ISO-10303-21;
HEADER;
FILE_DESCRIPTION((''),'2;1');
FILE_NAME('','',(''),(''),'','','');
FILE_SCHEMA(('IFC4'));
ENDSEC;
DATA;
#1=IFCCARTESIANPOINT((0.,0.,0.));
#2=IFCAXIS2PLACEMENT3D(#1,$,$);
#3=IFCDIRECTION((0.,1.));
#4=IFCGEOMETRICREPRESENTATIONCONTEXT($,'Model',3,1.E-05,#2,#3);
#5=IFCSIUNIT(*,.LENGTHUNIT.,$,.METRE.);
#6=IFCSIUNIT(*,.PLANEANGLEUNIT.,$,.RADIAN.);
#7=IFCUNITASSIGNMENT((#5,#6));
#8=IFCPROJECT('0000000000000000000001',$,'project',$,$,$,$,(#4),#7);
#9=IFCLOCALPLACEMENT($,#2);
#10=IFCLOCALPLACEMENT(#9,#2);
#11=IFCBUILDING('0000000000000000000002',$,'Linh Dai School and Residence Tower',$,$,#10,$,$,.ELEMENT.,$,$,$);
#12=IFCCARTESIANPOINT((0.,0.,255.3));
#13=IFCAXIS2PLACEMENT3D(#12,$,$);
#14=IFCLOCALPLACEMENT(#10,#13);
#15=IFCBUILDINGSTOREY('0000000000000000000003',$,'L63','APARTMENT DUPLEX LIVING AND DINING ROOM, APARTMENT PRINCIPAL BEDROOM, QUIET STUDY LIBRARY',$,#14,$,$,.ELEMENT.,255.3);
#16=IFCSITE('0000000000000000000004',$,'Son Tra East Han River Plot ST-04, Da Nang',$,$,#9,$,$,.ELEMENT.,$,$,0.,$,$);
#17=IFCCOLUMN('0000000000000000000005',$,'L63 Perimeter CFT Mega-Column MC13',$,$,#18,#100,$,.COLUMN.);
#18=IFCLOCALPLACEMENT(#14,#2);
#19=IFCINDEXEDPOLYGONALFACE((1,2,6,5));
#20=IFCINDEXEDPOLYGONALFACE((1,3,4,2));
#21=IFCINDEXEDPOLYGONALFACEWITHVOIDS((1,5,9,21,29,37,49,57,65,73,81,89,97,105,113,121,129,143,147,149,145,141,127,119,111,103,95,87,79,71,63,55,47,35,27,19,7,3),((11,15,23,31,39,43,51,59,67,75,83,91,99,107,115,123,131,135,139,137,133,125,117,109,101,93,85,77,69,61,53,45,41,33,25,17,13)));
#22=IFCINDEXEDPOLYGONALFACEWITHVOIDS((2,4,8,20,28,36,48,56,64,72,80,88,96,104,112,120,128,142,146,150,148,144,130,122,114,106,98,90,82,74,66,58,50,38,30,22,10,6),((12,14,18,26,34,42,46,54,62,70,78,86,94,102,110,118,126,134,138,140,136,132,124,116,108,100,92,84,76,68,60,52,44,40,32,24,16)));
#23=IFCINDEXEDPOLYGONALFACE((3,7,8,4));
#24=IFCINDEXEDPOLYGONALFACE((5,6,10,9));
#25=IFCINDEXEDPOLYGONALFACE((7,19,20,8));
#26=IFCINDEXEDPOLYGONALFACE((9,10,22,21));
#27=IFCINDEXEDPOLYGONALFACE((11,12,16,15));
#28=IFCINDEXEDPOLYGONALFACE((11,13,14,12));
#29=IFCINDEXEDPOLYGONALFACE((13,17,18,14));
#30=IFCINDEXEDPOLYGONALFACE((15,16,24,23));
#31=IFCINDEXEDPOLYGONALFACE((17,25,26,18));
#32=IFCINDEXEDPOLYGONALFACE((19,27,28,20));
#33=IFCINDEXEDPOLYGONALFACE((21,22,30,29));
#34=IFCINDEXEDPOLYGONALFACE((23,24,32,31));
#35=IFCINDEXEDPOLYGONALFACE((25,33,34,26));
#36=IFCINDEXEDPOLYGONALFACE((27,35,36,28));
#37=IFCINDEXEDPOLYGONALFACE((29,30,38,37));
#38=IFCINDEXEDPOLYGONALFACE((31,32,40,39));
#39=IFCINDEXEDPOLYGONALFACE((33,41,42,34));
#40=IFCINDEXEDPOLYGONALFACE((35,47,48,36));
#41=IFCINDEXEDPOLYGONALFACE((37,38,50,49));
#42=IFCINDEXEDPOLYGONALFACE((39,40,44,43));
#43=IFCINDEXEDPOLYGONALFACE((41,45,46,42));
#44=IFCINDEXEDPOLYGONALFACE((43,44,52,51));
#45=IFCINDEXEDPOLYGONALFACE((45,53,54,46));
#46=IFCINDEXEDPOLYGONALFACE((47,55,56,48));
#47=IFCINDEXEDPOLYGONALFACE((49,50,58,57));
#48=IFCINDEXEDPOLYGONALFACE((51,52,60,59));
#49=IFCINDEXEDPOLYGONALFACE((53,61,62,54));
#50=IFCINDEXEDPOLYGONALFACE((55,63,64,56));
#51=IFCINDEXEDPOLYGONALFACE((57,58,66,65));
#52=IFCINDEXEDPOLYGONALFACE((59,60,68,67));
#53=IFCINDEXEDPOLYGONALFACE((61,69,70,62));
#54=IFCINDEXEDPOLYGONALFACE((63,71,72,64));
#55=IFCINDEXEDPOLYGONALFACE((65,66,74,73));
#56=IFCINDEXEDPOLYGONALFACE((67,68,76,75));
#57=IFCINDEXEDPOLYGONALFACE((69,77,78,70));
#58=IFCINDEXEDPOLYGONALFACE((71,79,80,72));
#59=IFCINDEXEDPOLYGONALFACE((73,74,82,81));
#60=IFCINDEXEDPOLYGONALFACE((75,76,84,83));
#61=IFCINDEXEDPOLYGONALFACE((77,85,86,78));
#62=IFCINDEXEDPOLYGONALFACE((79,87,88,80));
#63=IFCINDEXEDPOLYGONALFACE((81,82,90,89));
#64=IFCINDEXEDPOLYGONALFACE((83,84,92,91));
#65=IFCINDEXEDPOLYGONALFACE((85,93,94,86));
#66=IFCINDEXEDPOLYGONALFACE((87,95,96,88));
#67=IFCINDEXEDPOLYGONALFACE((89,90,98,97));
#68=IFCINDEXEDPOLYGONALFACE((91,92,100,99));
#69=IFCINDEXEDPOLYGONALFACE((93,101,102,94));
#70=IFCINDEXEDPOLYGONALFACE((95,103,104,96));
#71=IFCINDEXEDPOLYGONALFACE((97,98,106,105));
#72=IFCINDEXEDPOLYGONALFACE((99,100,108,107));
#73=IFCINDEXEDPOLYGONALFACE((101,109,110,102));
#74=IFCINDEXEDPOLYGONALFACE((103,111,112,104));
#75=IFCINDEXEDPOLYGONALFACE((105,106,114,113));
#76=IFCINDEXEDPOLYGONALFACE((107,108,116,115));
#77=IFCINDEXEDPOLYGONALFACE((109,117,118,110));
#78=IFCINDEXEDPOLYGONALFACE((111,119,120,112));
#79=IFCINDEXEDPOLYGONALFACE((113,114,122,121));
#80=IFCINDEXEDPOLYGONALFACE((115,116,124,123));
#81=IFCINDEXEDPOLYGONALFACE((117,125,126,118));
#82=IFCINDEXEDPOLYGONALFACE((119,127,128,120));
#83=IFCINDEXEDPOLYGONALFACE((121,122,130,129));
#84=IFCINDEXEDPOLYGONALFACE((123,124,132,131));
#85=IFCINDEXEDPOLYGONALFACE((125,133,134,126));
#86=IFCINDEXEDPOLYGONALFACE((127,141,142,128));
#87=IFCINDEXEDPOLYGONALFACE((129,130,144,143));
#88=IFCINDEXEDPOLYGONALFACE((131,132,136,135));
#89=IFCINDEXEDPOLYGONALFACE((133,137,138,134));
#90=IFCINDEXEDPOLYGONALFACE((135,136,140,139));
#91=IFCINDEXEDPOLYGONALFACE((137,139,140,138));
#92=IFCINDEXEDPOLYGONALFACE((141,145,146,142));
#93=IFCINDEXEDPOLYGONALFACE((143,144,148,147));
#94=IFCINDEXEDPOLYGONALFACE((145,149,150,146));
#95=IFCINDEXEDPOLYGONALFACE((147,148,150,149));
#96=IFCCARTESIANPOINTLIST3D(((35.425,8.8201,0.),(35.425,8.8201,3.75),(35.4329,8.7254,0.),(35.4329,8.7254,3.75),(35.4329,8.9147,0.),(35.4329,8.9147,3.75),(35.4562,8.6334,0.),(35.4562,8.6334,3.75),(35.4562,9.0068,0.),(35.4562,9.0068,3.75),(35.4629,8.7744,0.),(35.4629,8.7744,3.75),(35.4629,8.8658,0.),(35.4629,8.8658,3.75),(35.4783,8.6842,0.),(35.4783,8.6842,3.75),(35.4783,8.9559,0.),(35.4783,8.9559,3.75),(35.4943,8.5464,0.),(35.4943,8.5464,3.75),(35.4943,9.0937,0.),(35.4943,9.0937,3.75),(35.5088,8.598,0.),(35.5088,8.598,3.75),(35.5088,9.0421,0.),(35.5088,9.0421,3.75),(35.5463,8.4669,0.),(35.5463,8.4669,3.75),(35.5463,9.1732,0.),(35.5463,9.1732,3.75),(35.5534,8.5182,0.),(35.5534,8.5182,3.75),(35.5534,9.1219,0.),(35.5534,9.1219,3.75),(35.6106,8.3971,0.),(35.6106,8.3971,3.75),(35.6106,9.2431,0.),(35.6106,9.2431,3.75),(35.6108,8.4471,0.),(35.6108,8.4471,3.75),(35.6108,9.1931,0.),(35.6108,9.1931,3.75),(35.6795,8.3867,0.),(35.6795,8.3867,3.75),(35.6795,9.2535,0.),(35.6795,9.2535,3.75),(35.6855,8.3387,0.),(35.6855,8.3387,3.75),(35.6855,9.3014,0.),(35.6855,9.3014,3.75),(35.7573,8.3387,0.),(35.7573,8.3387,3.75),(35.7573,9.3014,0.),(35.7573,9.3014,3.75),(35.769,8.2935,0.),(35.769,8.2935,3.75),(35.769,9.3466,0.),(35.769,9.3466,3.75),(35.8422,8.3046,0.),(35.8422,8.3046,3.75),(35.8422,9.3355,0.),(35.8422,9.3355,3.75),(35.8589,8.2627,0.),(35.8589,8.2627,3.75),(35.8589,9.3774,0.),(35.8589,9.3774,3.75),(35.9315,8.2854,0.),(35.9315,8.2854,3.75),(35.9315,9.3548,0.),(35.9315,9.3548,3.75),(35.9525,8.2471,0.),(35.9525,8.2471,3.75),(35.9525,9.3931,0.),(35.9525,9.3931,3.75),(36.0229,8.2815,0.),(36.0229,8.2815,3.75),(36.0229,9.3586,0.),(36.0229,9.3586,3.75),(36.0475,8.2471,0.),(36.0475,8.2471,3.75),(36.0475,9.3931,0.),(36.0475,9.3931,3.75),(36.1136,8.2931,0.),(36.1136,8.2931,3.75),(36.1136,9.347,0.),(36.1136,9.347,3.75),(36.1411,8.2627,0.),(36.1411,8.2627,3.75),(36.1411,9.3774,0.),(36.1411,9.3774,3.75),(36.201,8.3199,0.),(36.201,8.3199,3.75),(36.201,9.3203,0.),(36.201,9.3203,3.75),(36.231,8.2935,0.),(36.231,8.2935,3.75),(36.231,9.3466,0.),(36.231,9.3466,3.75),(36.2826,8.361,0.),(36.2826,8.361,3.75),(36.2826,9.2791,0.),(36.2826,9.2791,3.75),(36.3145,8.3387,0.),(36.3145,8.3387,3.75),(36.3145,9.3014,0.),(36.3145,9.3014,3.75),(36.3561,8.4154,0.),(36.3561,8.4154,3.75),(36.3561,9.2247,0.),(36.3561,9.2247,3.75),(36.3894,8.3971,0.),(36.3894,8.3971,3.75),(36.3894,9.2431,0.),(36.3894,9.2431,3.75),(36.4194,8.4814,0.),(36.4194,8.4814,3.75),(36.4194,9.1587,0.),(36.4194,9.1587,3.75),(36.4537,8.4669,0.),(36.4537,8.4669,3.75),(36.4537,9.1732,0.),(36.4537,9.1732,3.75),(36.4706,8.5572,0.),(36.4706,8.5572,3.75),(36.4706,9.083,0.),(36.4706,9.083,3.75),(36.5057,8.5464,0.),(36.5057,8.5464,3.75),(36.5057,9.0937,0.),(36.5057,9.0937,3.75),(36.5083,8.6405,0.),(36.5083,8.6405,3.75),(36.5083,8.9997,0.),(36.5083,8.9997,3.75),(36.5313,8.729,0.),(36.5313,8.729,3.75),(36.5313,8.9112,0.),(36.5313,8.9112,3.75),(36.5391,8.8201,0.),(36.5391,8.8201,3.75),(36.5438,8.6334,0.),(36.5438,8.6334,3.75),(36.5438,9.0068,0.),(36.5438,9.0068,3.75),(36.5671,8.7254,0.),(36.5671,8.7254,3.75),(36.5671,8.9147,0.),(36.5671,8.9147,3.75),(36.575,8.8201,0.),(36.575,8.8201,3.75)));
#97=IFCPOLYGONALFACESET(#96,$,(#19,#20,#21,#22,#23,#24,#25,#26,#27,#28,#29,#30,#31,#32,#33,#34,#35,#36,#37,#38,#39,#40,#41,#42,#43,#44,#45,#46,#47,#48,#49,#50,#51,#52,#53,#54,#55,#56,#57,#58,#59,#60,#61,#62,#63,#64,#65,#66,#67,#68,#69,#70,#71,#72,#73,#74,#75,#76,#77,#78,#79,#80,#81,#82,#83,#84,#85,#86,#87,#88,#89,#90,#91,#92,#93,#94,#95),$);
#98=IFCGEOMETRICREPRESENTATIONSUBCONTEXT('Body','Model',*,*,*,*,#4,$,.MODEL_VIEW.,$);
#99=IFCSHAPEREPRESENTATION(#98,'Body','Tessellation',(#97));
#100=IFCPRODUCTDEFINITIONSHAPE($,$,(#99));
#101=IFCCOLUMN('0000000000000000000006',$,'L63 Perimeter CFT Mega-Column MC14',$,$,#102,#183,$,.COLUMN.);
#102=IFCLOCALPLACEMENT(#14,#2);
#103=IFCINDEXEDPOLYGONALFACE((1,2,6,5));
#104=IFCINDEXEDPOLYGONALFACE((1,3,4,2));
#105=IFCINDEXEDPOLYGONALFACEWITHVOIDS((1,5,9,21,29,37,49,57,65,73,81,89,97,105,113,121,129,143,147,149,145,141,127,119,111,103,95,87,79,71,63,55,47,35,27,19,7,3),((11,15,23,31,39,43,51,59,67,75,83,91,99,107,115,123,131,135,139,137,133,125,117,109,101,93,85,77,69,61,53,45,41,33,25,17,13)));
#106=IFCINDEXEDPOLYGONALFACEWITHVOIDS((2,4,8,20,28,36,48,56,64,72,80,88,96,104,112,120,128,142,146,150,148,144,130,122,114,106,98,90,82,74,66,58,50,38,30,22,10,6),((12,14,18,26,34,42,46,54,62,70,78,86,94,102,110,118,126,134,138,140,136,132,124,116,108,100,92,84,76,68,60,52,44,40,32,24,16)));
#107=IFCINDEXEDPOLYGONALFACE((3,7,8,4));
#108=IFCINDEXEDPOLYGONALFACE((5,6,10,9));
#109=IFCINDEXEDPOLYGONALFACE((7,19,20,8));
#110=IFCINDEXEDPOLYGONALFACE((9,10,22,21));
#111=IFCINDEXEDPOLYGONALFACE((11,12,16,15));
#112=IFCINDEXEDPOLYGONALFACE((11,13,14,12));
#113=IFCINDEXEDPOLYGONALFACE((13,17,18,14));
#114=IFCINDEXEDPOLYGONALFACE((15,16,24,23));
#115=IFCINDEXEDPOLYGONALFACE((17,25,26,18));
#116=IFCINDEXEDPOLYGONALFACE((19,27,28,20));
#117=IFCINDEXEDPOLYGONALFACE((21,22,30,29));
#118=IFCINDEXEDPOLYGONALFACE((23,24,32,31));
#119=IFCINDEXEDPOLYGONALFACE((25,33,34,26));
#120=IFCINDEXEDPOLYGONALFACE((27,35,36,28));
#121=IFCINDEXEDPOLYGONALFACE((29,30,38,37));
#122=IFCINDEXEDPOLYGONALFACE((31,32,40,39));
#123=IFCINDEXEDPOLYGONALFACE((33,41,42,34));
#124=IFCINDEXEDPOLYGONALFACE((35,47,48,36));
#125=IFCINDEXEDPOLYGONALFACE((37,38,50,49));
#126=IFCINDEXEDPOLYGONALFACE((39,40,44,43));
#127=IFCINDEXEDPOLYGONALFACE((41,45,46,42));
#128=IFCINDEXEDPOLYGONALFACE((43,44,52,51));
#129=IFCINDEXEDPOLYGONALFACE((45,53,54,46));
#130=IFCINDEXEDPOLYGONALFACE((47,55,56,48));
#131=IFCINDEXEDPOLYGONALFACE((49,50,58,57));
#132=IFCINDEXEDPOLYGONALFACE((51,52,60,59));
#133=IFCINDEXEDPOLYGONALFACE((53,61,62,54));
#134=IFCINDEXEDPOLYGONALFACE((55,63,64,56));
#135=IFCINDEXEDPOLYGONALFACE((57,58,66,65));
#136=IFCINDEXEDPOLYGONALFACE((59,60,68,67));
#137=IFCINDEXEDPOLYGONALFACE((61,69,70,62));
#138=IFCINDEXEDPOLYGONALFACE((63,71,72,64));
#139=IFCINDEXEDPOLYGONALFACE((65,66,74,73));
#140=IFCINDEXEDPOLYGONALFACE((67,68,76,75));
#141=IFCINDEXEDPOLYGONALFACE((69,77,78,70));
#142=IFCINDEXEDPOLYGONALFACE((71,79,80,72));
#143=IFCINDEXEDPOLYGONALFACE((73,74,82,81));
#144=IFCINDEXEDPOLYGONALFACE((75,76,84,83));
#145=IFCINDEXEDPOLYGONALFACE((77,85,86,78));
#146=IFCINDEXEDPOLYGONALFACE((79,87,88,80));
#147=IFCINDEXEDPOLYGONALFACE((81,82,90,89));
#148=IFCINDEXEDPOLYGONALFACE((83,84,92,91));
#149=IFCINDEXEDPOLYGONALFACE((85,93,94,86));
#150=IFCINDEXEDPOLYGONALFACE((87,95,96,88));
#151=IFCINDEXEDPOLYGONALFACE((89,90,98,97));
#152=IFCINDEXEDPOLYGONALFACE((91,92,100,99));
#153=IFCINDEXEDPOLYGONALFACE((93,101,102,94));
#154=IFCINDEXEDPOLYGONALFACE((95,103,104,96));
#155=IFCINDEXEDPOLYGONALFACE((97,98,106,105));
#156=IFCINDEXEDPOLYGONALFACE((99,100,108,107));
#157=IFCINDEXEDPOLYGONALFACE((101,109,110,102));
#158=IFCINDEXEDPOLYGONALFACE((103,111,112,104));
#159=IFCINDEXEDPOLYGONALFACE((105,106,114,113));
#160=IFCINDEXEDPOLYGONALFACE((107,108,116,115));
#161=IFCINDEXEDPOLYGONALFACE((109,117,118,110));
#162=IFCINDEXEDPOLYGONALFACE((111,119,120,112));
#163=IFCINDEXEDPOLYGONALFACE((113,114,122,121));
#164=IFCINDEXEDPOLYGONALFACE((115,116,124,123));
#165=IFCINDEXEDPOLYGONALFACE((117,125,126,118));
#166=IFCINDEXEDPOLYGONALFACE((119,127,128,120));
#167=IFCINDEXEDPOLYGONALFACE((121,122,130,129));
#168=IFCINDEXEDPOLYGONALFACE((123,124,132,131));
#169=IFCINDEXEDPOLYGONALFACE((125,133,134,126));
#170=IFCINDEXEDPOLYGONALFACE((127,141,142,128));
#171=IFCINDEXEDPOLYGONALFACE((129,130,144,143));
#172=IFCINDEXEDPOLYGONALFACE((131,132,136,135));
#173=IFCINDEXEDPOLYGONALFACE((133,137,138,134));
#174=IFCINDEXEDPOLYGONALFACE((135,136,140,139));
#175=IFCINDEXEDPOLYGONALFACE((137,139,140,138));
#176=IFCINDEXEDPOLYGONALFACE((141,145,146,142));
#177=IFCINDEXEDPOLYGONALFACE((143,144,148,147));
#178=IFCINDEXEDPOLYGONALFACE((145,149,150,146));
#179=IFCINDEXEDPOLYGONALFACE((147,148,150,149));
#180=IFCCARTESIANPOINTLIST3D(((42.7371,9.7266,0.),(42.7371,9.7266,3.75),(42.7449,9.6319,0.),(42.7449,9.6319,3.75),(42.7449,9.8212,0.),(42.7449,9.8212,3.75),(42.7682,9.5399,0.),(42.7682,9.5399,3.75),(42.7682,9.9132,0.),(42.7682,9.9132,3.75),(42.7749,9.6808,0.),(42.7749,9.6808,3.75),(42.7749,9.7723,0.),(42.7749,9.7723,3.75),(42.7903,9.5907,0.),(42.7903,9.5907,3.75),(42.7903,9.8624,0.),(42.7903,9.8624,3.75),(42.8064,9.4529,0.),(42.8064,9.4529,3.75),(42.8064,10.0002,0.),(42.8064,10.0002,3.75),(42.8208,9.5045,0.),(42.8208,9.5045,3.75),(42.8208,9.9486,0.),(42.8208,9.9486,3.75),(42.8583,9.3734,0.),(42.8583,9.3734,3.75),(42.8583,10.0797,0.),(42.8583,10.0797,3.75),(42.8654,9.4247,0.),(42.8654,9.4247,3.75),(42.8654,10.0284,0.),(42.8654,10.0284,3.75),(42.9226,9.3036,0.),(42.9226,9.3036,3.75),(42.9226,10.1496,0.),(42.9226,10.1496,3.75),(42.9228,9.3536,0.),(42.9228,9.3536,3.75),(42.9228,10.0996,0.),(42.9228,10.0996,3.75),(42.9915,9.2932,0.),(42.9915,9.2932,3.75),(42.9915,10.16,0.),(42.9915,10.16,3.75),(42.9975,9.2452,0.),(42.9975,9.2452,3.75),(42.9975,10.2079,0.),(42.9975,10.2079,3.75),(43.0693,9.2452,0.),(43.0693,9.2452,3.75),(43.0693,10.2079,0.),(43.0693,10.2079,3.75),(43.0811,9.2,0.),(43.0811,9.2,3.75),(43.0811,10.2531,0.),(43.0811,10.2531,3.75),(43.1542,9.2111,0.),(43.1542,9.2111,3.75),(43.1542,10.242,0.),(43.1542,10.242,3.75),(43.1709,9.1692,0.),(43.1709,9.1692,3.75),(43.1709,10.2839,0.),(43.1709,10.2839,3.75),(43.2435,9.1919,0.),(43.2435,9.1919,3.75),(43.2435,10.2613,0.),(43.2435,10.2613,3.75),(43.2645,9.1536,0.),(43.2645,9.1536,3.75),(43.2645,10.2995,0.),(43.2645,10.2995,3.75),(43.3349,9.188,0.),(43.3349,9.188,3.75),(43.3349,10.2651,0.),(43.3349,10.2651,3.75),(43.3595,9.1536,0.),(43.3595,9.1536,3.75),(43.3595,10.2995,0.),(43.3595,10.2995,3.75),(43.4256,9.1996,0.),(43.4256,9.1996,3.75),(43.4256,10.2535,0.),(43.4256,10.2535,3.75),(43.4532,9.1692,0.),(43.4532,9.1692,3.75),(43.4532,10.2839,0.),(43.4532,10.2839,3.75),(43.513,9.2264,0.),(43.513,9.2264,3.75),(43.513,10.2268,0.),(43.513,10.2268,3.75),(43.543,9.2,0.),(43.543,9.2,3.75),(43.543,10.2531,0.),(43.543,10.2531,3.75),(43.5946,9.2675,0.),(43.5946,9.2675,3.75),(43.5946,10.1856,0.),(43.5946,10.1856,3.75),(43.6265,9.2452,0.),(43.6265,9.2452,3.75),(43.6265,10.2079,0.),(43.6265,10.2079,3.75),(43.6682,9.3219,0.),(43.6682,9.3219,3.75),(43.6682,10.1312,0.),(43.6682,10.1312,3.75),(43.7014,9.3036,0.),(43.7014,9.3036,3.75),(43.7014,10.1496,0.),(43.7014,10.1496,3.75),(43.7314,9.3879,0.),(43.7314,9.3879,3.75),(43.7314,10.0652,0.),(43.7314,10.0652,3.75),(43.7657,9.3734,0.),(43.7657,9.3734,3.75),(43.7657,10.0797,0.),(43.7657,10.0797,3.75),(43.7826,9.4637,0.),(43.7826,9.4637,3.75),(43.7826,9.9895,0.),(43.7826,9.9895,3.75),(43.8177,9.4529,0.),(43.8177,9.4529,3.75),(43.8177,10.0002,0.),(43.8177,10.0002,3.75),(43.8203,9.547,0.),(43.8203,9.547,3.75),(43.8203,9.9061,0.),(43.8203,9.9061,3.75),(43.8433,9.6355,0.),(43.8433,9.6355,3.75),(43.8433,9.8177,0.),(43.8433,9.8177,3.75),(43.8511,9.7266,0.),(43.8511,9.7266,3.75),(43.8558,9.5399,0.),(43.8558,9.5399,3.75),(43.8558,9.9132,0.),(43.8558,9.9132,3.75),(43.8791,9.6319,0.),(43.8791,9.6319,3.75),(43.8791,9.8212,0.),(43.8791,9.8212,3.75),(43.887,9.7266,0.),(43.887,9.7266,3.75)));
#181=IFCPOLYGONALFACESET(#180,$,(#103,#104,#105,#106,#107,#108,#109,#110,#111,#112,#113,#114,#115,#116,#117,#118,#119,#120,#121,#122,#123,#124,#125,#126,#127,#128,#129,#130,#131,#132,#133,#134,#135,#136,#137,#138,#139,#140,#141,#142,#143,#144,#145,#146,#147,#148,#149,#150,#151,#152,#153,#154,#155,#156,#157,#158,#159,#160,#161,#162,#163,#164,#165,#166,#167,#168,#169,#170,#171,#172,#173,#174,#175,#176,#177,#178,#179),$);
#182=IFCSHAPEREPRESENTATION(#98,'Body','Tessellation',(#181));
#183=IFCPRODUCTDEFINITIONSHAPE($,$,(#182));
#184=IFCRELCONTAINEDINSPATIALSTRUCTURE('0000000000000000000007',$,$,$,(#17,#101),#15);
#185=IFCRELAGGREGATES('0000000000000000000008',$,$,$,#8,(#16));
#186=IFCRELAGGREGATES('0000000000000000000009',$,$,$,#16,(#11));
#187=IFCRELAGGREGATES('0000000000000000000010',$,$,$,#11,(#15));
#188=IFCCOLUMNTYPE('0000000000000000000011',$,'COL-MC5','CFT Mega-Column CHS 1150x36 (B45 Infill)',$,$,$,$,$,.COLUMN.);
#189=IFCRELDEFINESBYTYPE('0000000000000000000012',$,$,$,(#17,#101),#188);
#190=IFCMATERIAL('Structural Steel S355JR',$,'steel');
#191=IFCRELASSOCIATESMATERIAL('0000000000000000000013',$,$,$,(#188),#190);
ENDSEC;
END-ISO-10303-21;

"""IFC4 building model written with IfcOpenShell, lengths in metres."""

from ifc_helpers import new_model, si_unit, direction, frame, origin, origin_2d, place, context, subcontext, project, spatial, hollow_circle, extrude, material, material_profile, profile_set, type_object, element, save


model = new_model("IFC4")

# Units and contexts
model_context = context("Model", 3, precision=1e-05, world=origin(), true_north=direction((0.0, 1.0)))
body_context = subcontext(model_context, "Body", "Model", "MODEL_VIEW")
ifc_project = project(units=[si_unit("LENGTHUNIT", "METRE"), si_unit("PLANEANGLEUNIT", "RADIAN")], contexts=[model_context])

# Site, building, storey
site_placement = place(None, origin())
site = spatial("IfcSite", under=ifc_project, at=site_placement, Name="Son Tra East Han River Plot ST-04, Da Nang", CompositionType="ELEMENT", RefElevation=0.0)
building_placement = place(site_placement, origin())
building = spatial("IfcBuilding", under=site, at=building_placement, Name="Linh Dai School and Residence Tower", CompositionType="ELEMENT")
storey_placement = place(building_placement, frame((0.0, 0.0, 255.3)))
storey = spatial("IfcBuildingStorey", under=building, at=storey_placement, Name="L63", Description="APARTMENT DUPLEX LIVING AND DINING ROOM, APARTMENT PRINCIPAL BEDROOM, QUIET STUDY LIBRARY", CompositionType="ELEMENT", Elevation=255.3)

# Columns
ifc_material_1 = material(Name="Structural Steel S355JR", Category="steel")
ifc_material_profile_1 = material_profile(ifc_material_1, hollow_circle(Radius=0.575, WallThickness=0.0359, at=origin_2d()), Name="CHS 1150x36")
ifc_profile_set_1 = profile_set([ifc_material_profile_1], Name="Structural Steel S355JR")
column_type = type_object("IfcColumnType", Name="COL-MC5", Description="CFT Mega-Column CHS 1150x36 (B45 Infill)", PredefinedType="COLUMN", material=ifc_profile_set_1)
for number, where, z_axis, x_axis, name in (
    (1, (36.0, 8.8201, 0.0), (0.0, 0.0, 1.0), (1.0, 0.0, 0.0), "L63 Perimeter CFT Mega-Column MC13"),
    (2, (43.312, 9.7266, 0.0), (0.0, 0.0, 1.0), (1.0, 0.0, 0.0), "L63 Perimeter CFT Mega-Column MC14"),
):
    element("IfcColumn", number, at=place(storey_placement, frame(where, z_axis=z_axis, x_axis=x_axis)), inside=storey, type_object=column_type, Name=name, PredefinedType="COLUMN", context=body_context, shape_type="SweptSolid", body=[
        extrude(hollow_circle(Radius=0.575, WallThickness=0.0359, at=origin_2d()), origin(), (0.0, 0.0, 1.0), 3.75),
    ])

save(model, "model.ifc")
